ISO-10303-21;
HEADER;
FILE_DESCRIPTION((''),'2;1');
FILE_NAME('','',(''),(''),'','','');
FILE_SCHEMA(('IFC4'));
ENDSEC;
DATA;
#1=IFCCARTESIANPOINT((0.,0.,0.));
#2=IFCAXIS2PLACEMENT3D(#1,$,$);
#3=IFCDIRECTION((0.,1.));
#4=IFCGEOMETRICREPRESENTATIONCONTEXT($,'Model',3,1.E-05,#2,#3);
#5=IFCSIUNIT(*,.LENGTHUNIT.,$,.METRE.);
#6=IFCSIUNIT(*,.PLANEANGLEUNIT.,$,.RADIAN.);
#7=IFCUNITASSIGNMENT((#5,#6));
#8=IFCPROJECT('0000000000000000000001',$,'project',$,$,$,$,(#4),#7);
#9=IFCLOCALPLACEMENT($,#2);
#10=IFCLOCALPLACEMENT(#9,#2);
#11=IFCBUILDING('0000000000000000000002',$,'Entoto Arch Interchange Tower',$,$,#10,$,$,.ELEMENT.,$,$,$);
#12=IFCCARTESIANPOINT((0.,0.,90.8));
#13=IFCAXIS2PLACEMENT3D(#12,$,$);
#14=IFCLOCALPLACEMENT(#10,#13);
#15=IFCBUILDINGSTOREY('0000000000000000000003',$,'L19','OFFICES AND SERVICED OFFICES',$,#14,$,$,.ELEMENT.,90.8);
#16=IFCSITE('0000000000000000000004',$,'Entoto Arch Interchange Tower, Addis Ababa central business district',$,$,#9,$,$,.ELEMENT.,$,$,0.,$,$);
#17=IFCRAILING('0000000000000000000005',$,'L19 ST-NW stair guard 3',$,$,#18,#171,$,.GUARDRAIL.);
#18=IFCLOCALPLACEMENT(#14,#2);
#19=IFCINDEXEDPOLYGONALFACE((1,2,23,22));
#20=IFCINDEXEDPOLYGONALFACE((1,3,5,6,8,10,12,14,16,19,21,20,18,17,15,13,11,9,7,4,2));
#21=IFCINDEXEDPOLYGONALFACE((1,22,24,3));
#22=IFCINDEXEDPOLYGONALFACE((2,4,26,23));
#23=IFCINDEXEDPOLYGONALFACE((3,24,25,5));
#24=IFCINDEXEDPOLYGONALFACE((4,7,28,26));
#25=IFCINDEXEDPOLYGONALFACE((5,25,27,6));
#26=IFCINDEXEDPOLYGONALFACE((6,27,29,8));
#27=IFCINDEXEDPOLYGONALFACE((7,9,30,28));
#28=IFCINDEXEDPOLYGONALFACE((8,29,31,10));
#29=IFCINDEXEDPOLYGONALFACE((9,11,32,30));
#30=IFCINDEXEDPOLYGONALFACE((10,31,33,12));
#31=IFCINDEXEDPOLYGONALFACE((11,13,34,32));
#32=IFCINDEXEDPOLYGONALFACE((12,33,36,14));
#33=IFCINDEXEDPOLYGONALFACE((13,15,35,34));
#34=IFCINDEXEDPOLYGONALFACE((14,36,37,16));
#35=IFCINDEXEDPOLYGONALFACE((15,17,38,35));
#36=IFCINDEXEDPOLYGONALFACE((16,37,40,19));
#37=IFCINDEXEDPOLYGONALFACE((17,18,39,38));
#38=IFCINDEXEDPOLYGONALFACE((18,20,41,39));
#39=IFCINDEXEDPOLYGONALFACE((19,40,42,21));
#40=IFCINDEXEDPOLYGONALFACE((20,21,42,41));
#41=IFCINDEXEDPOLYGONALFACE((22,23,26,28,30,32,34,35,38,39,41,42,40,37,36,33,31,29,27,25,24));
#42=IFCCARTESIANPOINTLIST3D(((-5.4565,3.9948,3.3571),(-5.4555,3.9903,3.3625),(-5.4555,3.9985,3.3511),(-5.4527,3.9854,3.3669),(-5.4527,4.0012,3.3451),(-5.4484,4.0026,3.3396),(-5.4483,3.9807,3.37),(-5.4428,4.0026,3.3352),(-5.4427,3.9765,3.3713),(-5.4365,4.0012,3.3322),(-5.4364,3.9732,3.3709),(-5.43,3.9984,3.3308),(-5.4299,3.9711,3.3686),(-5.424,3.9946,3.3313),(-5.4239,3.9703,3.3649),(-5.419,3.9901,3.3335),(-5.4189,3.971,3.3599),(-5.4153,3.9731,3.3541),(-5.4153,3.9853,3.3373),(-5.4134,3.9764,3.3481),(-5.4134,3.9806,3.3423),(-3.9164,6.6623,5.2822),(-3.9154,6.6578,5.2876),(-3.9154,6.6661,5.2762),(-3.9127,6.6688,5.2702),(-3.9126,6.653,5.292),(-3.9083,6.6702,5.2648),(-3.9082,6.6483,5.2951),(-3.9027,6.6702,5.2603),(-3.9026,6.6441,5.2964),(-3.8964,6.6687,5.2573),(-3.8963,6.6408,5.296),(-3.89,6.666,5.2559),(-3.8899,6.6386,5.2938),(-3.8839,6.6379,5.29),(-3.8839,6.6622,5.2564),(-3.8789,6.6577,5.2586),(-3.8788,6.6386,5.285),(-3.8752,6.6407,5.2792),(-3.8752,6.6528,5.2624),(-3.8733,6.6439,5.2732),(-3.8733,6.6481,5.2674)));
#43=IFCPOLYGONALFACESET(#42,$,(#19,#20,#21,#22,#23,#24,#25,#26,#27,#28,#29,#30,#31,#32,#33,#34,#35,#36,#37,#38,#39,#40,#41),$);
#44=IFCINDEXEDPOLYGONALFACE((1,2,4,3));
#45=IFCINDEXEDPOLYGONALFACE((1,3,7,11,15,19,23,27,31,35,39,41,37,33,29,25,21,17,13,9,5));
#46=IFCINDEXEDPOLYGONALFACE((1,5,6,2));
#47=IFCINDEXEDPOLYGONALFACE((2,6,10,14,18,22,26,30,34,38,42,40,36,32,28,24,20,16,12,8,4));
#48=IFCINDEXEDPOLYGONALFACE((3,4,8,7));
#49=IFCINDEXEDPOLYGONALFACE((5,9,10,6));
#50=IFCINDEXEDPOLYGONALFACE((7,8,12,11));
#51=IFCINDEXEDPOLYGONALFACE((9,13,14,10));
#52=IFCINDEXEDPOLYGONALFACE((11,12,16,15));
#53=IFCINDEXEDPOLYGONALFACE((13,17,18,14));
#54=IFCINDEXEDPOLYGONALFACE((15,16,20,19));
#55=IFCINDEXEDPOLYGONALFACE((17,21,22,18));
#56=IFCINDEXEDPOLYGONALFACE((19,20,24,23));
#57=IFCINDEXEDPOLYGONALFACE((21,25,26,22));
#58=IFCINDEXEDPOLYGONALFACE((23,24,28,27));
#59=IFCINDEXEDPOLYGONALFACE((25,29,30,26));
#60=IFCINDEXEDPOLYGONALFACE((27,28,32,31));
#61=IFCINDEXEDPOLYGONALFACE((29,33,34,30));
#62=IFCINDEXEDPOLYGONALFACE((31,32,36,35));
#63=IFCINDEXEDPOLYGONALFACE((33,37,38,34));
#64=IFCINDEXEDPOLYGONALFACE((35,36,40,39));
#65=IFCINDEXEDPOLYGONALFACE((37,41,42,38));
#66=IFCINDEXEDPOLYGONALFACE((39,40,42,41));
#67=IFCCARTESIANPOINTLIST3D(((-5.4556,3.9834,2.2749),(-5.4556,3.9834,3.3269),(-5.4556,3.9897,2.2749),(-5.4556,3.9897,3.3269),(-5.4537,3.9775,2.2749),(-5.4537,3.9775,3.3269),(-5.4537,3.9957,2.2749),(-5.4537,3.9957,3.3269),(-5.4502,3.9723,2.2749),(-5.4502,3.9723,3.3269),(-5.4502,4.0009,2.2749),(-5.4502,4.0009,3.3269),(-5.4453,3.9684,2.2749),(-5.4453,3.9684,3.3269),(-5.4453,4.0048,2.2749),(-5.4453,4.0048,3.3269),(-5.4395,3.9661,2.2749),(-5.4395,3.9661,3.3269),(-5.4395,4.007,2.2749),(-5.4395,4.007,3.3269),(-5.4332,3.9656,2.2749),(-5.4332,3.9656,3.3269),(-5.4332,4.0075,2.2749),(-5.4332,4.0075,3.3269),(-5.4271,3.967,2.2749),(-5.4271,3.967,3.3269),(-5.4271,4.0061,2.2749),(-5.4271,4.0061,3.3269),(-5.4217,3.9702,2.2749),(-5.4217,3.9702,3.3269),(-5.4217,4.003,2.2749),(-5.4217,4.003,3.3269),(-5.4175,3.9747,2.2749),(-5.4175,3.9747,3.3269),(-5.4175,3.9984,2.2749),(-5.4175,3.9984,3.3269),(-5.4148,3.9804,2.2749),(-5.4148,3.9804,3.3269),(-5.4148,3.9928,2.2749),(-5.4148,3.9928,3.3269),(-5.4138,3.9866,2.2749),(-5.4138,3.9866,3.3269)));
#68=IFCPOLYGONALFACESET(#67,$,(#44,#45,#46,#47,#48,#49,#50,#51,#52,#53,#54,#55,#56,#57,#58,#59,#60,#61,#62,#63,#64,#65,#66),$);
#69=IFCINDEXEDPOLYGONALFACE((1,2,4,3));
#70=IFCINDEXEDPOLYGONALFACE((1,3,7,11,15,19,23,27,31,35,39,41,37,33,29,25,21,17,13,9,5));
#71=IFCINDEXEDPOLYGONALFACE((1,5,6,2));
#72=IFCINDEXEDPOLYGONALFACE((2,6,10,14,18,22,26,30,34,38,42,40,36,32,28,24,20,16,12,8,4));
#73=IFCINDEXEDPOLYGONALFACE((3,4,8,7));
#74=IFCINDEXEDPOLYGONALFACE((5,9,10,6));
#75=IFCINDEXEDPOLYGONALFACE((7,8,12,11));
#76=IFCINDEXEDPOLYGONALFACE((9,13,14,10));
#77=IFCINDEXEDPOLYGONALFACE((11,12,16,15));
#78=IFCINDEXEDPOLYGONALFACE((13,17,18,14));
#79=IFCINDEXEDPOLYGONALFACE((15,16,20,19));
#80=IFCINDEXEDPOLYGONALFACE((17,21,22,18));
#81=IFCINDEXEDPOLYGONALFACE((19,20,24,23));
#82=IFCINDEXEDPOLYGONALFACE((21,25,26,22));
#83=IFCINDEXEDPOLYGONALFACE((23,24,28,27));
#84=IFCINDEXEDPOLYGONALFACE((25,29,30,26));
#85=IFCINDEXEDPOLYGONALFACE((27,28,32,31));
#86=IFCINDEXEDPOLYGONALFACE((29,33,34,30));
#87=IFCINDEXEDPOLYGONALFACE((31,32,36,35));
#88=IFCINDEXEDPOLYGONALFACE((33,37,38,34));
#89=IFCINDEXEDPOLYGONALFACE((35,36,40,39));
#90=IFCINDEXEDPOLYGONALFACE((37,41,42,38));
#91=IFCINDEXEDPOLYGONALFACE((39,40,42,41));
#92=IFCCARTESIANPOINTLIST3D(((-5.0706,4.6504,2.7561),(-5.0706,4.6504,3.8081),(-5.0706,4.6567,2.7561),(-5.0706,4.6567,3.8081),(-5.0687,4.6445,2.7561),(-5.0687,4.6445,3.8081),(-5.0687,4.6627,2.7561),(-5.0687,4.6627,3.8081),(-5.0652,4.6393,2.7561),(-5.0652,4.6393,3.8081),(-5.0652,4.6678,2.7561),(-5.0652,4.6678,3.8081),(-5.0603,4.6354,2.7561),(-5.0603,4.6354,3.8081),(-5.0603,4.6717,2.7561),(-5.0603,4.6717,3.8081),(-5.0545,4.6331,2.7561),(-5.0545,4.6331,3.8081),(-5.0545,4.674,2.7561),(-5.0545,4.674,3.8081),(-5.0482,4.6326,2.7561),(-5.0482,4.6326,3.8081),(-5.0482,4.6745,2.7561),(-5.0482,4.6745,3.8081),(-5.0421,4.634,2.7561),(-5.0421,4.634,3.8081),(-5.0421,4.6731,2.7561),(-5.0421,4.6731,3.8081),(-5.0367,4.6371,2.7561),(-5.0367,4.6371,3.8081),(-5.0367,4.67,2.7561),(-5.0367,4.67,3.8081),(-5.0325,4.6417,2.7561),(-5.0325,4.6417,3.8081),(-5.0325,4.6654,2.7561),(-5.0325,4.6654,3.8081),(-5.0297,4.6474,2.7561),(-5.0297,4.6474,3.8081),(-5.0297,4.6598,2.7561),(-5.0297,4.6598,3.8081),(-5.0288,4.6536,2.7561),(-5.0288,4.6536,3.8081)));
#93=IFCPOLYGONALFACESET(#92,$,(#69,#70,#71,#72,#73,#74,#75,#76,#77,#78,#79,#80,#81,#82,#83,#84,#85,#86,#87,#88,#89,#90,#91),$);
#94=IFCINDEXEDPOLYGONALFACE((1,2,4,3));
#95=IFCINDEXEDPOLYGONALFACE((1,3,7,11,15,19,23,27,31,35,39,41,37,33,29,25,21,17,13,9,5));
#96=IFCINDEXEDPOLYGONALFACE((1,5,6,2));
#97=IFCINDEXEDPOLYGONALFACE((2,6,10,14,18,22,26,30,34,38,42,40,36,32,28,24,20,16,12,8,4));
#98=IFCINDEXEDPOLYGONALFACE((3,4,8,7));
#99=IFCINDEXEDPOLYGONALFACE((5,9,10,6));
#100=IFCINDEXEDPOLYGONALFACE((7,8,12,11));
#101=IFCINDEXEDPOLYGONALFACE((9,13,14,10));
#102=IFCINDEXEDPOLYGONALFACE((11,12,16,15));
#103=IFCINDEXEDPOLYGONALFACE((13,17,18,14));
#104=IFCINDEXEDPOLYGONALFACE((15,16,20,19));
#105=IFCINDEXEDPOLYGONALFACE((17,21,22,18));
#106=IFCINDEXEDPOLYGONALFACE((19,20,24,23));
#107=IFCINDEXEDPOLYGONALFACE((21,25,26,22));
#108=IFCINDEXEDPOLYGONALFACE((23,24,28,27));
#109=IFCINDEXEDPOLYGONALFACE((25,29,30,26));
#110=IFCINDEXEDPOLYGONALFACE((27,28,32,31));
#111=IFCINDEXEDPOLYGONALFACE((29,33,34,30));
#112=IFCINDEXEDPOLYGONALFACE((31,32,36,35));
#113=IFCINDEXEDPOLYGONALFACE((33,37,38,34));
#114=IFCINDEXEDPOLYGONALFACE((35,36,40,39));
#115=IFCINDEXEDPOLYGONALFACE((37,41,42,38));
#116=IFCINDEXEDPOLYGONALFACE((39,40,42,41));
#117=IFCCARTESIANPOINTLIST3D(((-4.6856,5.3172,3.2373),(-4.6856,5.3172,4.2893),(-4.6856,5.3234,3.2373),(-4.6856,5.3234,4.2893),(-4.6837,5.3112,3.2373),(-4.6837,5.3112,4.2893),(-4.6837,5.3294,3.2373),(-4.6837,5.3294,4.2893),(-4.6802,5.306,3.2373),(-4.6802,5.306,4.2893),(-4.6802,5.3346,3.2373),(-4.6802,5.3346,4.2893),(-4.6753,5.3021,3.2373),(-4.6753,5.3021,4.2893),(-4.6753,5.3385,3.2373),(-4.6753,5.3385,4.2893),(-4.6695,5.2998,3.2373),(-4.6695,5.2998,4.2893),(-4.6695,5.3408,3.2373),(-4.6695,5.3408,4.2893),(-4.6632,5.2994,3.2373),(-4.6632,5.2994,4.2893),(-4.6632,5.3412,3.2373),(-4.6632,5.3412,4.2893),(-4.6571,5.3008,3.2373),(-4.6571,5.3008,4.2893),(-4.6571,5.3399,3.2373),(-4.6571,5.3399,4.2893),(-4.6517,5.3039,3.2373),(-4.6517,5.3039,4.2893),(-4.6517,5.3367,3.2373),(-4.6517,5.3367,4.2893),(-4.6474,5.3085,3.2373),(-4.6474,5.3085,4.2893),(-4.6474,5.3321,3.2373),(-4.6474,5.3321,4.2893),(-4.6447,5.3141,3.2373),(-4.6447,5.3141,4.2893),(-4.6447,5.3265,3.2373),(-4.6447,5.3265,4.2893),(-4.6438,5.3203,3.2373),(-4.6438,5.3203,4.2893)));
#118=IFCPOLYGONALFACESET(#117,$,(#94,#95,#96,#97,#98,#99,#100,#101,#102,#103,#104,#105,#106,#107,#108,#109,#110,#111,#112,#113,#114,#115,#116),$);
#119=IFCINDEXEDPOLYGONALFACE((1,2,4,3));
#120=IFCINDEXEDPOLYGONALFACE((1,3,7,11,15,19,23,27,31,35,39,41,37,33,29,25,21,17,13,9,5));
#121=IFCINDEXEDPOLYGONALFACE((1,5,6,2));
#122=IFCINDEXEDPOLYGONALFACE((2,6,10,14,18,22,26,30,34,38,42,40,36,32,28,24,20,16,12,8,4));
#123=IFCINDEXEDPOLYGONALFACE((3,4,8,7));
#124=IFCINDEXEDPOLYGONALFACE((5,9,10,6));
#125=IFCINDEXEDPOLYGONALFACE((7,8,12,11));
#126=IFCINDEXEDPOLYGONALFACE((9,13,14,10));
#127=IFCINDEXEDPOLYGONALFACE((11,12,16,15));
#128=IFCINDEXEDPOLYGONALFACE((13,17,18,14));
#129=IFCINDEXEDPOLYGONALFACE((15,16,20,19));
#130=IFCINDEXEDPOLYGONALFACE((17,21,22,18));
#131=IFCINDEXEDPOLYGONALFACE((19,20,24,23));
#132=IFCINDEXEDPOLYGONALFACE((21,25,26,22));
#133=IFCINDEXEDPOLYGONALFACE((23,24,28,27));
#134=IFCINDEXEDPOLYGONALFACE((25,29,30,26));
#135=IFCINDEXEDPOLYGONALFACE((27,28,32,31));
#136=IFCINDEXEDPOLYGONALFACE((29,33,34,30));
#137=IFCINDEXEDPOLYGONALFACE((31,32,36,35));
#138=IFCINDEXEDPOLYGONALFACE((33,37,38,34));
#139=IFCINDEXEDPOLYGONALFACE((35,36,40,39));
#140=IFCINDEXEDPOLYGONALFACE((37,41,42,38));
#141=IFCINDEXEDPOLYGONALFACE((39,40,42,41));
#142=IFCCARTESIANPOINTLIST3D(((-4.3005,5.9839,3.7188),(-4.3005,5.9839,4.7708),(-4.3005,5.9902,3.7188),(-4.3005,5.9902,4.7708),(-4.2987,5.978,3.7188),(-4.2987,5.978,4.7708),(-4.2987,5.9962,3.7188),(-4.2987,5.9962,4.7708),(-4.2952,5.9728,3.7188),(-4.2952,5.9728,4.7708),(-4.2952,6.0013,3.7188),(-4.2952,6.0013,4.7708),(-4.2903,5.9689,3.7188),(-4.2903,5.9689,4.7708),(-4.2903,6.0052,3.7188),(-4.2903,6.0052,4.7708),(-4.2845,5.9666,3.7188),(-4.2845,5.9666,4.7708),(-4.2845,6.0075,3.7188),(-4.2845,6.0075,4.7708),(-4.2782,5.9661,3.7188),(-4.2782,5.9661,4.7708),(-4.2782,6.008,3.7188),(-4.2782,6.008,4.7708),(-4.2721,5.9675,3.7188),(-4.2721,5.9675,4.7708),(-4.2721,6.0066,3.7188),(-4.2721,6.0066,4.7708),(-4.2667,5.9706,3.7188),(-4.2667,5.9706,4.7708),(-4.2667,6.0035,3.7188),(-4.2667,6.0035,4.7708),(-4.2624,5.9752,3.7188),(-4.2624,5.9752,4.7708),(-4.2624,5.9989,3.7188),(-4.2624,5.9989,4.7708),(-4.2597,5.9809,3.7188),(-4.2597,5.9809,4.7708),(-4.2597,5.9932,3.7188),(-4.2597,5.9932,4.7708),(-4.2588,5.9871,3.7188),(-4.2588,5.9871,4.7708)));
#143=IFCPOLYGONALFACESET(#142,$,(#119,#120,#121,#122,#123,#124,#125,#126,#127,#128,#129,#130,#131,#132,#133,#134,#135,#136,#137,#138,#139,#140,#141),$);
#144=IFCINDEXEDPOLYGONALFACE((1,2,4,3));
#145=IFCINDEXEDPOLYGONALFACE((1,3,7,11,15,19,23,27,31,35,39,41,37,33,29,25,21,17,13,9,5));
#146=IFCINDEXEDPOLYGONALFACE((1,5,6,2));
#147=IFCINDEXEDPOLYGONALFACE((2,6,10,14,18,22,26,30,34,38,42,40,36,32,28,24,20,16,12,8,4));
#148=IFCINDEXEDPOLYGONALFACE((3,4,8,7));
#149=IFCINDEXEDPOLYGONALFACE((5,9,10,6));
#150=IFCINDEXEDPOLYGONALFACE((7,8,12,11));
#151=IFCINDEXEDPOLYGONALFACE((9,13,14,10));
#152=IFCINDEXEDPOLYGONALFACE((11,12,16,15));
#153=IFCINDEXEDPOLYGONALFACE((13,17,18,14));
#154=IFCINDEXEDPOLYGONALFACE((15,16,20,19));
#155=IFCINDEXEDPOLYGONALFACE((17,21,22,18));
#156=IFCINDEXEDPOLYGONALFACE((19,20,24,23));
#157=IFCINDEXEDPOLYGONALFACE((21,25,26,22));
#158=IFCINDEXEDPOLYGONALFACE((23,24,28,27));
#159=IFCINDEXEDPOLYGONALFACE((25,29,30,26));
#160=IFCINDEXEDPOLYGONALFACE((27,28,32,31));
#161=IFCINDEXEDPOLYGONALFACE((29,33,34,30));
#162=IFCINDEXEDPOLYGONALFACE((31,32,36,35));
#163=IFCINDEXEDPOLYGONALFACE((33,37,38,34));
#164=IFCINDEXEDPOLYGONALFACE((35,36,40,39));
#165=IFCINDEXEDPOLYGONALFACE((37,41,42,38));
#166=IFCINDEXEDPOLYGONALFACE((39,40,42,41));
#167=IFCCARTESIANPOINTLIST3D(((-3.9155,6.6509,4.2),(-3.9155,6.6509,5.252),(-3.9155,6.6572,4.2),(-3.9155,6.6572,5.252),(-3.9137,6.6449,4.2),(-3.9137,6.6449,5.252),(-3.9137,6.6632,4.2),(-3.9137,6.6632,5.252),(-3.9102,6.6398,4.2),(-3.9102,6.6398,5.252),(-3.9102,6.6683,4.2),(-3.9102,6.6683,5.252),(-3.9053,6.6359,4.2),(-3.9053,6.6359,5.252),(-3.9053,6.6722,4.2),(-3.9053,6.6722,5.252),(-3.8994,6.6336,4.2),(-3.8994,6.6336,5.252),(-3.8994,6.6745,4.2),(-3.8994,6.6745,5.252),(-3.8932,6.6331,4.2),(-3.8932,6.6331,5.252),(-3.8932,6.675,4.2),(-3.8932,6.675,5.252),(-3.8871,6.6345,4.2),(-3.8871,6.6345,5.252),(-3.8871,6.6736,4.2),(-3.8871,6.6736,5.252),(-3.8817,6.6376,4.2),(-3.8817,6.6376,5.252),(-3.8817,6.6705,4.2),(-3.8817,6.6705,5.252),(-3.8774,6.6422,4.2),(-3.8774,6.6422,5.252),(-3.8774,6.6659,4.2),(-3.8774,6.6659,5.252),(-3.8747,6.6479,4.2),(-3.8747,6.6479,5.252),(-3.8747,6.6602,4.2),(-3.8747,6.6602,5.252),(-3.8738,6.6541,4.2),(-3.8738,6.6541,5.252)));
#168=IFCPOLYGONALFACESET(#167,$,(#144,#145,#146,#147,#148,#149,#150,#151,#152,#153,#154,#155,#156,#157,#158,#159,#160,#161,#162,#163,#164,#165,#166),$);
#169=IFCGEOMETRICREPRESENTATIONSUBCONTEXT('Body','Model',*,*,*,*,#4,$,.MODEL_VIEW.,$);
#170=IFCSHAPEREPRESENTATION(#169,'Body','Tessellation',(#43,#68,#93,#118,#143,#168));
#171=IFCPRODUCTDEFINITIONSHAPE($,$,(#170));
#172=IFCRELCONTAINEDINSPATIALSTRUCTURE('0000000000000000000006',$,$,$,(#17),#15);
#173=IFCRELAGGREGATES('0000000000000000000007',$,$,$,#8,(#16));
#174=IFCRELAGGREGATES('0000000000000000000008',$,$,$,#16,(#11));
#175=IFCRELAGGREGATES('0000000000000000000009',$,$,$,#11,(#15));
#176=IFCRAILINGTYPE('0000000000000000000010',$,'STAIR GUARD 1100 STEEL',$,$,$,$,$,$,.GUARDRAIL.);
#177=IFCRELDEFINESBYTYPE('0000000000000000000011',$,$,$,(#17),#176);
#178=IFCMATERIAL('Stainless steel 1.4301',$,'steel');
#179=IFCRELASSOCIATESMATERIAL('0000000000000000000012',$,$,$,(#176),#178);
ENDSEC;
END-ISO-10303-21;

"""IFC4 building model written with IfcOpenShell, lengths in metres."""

from ifc_helpers import new_model, si_unit, direction, frame, origin, origin_2d, place, context, subcontext, project, spatial, circle, extrude, material, type_object, element, save


model = new_model("IFC4")

# Units and contexts
model_context = context("Model", 3, precision=1e-05, world=origin(), true_north=direction((0.0, 1.0)))
body_context = subcontext(model_context, "Body", "Model", "MODEL_VIEW")
ifc_project = project(units=[si_unit("LENGTHUNIT", "METRE"), si_unit("PLANEANGLEUNIT", "RADIAN")], contexts=[model_context])

# Site, building, storey
site_placement = place(None, origin())
site = spatial("IfcSite", under=ifc_project, at=site_placement, Name="Entoto Arch Interchange Tower, Addis Ababa central business district", CompositionType="ELEMENT", RefElevation=0.0)
building_placement = place(site_placement, origin())
building = spatial("IfcBuilding", under=site, at=building_placement, Name="Entoto Arch Interchange Tower", CompositionType="ELEMENT")
storey_placement = place(building_placement, frame((0.0, 0.0, 90.8)))
storey = spatial("IfcBuildingStorey", under=building, at=storey_placement, Name="L19", Description="OFFICES AND SERVICED OFFICES", CompositionType="ELEMENT", Elevation=90.8)

# Railing
ifc_material_1 = material(Name="Stainless steel 1.4301", Category="steel")
railing_type = type_object("IfcRailingType", Name="STAIR GUARD 1100 STEEL", PredefinedType="GUARDRAIL", material=ifc_material_1)
railing_1_placement = place(storey_placement, frame((-5.4348, 3.9866, 2.2749)))
element("IfcRailing", 1, at=railing_1_placement, inside=storey, type_object=railing_type, Name="L19 ST-NW stair guard 3", PredefinedType="GUARDRAIL", context=body_context, shape_type="SweptSolid", body=[
    extrude(circle(Radius=0.0239, at=origin_2d()), frame((0.0, 0.0, 1.0762), z_axis=(0.423994, 0.734395, 0.529993), x_axis=(-0.86603, 0.499992, 0.0)), (0.0, 0.0, 1.0), 3.6323),
    extrude(circle(Radius=0.021, at=origin_2d()), origin(), (0.0, 0.0, 1.0), 1.052),
    extrude(circle(Radius=0.021, at=origin_2d()), frame((0.385, 0.667, 0.4812)), (0.0, 0.0, 1.0), 1.052),
    extrude(circle(Radius=0.021, at=origin_2d()), frame((0.77, 1.3337, 0.9624)), (0.0, 0.0, 1.0), 1.052),
    extrude(circle(Radius=0.021, at=origin_2d()), frame((1.155, 2.0005, 1.4438)), (0.0, 0.0, 1.0), 1.052),
    extrude(circle(Radius=0.021, at=origin_2d()), frame((1.54, 2.6675, 1.925)), (0.0, 0.0, 1.0), 1.052),
])

save(model, "model.ifc")
